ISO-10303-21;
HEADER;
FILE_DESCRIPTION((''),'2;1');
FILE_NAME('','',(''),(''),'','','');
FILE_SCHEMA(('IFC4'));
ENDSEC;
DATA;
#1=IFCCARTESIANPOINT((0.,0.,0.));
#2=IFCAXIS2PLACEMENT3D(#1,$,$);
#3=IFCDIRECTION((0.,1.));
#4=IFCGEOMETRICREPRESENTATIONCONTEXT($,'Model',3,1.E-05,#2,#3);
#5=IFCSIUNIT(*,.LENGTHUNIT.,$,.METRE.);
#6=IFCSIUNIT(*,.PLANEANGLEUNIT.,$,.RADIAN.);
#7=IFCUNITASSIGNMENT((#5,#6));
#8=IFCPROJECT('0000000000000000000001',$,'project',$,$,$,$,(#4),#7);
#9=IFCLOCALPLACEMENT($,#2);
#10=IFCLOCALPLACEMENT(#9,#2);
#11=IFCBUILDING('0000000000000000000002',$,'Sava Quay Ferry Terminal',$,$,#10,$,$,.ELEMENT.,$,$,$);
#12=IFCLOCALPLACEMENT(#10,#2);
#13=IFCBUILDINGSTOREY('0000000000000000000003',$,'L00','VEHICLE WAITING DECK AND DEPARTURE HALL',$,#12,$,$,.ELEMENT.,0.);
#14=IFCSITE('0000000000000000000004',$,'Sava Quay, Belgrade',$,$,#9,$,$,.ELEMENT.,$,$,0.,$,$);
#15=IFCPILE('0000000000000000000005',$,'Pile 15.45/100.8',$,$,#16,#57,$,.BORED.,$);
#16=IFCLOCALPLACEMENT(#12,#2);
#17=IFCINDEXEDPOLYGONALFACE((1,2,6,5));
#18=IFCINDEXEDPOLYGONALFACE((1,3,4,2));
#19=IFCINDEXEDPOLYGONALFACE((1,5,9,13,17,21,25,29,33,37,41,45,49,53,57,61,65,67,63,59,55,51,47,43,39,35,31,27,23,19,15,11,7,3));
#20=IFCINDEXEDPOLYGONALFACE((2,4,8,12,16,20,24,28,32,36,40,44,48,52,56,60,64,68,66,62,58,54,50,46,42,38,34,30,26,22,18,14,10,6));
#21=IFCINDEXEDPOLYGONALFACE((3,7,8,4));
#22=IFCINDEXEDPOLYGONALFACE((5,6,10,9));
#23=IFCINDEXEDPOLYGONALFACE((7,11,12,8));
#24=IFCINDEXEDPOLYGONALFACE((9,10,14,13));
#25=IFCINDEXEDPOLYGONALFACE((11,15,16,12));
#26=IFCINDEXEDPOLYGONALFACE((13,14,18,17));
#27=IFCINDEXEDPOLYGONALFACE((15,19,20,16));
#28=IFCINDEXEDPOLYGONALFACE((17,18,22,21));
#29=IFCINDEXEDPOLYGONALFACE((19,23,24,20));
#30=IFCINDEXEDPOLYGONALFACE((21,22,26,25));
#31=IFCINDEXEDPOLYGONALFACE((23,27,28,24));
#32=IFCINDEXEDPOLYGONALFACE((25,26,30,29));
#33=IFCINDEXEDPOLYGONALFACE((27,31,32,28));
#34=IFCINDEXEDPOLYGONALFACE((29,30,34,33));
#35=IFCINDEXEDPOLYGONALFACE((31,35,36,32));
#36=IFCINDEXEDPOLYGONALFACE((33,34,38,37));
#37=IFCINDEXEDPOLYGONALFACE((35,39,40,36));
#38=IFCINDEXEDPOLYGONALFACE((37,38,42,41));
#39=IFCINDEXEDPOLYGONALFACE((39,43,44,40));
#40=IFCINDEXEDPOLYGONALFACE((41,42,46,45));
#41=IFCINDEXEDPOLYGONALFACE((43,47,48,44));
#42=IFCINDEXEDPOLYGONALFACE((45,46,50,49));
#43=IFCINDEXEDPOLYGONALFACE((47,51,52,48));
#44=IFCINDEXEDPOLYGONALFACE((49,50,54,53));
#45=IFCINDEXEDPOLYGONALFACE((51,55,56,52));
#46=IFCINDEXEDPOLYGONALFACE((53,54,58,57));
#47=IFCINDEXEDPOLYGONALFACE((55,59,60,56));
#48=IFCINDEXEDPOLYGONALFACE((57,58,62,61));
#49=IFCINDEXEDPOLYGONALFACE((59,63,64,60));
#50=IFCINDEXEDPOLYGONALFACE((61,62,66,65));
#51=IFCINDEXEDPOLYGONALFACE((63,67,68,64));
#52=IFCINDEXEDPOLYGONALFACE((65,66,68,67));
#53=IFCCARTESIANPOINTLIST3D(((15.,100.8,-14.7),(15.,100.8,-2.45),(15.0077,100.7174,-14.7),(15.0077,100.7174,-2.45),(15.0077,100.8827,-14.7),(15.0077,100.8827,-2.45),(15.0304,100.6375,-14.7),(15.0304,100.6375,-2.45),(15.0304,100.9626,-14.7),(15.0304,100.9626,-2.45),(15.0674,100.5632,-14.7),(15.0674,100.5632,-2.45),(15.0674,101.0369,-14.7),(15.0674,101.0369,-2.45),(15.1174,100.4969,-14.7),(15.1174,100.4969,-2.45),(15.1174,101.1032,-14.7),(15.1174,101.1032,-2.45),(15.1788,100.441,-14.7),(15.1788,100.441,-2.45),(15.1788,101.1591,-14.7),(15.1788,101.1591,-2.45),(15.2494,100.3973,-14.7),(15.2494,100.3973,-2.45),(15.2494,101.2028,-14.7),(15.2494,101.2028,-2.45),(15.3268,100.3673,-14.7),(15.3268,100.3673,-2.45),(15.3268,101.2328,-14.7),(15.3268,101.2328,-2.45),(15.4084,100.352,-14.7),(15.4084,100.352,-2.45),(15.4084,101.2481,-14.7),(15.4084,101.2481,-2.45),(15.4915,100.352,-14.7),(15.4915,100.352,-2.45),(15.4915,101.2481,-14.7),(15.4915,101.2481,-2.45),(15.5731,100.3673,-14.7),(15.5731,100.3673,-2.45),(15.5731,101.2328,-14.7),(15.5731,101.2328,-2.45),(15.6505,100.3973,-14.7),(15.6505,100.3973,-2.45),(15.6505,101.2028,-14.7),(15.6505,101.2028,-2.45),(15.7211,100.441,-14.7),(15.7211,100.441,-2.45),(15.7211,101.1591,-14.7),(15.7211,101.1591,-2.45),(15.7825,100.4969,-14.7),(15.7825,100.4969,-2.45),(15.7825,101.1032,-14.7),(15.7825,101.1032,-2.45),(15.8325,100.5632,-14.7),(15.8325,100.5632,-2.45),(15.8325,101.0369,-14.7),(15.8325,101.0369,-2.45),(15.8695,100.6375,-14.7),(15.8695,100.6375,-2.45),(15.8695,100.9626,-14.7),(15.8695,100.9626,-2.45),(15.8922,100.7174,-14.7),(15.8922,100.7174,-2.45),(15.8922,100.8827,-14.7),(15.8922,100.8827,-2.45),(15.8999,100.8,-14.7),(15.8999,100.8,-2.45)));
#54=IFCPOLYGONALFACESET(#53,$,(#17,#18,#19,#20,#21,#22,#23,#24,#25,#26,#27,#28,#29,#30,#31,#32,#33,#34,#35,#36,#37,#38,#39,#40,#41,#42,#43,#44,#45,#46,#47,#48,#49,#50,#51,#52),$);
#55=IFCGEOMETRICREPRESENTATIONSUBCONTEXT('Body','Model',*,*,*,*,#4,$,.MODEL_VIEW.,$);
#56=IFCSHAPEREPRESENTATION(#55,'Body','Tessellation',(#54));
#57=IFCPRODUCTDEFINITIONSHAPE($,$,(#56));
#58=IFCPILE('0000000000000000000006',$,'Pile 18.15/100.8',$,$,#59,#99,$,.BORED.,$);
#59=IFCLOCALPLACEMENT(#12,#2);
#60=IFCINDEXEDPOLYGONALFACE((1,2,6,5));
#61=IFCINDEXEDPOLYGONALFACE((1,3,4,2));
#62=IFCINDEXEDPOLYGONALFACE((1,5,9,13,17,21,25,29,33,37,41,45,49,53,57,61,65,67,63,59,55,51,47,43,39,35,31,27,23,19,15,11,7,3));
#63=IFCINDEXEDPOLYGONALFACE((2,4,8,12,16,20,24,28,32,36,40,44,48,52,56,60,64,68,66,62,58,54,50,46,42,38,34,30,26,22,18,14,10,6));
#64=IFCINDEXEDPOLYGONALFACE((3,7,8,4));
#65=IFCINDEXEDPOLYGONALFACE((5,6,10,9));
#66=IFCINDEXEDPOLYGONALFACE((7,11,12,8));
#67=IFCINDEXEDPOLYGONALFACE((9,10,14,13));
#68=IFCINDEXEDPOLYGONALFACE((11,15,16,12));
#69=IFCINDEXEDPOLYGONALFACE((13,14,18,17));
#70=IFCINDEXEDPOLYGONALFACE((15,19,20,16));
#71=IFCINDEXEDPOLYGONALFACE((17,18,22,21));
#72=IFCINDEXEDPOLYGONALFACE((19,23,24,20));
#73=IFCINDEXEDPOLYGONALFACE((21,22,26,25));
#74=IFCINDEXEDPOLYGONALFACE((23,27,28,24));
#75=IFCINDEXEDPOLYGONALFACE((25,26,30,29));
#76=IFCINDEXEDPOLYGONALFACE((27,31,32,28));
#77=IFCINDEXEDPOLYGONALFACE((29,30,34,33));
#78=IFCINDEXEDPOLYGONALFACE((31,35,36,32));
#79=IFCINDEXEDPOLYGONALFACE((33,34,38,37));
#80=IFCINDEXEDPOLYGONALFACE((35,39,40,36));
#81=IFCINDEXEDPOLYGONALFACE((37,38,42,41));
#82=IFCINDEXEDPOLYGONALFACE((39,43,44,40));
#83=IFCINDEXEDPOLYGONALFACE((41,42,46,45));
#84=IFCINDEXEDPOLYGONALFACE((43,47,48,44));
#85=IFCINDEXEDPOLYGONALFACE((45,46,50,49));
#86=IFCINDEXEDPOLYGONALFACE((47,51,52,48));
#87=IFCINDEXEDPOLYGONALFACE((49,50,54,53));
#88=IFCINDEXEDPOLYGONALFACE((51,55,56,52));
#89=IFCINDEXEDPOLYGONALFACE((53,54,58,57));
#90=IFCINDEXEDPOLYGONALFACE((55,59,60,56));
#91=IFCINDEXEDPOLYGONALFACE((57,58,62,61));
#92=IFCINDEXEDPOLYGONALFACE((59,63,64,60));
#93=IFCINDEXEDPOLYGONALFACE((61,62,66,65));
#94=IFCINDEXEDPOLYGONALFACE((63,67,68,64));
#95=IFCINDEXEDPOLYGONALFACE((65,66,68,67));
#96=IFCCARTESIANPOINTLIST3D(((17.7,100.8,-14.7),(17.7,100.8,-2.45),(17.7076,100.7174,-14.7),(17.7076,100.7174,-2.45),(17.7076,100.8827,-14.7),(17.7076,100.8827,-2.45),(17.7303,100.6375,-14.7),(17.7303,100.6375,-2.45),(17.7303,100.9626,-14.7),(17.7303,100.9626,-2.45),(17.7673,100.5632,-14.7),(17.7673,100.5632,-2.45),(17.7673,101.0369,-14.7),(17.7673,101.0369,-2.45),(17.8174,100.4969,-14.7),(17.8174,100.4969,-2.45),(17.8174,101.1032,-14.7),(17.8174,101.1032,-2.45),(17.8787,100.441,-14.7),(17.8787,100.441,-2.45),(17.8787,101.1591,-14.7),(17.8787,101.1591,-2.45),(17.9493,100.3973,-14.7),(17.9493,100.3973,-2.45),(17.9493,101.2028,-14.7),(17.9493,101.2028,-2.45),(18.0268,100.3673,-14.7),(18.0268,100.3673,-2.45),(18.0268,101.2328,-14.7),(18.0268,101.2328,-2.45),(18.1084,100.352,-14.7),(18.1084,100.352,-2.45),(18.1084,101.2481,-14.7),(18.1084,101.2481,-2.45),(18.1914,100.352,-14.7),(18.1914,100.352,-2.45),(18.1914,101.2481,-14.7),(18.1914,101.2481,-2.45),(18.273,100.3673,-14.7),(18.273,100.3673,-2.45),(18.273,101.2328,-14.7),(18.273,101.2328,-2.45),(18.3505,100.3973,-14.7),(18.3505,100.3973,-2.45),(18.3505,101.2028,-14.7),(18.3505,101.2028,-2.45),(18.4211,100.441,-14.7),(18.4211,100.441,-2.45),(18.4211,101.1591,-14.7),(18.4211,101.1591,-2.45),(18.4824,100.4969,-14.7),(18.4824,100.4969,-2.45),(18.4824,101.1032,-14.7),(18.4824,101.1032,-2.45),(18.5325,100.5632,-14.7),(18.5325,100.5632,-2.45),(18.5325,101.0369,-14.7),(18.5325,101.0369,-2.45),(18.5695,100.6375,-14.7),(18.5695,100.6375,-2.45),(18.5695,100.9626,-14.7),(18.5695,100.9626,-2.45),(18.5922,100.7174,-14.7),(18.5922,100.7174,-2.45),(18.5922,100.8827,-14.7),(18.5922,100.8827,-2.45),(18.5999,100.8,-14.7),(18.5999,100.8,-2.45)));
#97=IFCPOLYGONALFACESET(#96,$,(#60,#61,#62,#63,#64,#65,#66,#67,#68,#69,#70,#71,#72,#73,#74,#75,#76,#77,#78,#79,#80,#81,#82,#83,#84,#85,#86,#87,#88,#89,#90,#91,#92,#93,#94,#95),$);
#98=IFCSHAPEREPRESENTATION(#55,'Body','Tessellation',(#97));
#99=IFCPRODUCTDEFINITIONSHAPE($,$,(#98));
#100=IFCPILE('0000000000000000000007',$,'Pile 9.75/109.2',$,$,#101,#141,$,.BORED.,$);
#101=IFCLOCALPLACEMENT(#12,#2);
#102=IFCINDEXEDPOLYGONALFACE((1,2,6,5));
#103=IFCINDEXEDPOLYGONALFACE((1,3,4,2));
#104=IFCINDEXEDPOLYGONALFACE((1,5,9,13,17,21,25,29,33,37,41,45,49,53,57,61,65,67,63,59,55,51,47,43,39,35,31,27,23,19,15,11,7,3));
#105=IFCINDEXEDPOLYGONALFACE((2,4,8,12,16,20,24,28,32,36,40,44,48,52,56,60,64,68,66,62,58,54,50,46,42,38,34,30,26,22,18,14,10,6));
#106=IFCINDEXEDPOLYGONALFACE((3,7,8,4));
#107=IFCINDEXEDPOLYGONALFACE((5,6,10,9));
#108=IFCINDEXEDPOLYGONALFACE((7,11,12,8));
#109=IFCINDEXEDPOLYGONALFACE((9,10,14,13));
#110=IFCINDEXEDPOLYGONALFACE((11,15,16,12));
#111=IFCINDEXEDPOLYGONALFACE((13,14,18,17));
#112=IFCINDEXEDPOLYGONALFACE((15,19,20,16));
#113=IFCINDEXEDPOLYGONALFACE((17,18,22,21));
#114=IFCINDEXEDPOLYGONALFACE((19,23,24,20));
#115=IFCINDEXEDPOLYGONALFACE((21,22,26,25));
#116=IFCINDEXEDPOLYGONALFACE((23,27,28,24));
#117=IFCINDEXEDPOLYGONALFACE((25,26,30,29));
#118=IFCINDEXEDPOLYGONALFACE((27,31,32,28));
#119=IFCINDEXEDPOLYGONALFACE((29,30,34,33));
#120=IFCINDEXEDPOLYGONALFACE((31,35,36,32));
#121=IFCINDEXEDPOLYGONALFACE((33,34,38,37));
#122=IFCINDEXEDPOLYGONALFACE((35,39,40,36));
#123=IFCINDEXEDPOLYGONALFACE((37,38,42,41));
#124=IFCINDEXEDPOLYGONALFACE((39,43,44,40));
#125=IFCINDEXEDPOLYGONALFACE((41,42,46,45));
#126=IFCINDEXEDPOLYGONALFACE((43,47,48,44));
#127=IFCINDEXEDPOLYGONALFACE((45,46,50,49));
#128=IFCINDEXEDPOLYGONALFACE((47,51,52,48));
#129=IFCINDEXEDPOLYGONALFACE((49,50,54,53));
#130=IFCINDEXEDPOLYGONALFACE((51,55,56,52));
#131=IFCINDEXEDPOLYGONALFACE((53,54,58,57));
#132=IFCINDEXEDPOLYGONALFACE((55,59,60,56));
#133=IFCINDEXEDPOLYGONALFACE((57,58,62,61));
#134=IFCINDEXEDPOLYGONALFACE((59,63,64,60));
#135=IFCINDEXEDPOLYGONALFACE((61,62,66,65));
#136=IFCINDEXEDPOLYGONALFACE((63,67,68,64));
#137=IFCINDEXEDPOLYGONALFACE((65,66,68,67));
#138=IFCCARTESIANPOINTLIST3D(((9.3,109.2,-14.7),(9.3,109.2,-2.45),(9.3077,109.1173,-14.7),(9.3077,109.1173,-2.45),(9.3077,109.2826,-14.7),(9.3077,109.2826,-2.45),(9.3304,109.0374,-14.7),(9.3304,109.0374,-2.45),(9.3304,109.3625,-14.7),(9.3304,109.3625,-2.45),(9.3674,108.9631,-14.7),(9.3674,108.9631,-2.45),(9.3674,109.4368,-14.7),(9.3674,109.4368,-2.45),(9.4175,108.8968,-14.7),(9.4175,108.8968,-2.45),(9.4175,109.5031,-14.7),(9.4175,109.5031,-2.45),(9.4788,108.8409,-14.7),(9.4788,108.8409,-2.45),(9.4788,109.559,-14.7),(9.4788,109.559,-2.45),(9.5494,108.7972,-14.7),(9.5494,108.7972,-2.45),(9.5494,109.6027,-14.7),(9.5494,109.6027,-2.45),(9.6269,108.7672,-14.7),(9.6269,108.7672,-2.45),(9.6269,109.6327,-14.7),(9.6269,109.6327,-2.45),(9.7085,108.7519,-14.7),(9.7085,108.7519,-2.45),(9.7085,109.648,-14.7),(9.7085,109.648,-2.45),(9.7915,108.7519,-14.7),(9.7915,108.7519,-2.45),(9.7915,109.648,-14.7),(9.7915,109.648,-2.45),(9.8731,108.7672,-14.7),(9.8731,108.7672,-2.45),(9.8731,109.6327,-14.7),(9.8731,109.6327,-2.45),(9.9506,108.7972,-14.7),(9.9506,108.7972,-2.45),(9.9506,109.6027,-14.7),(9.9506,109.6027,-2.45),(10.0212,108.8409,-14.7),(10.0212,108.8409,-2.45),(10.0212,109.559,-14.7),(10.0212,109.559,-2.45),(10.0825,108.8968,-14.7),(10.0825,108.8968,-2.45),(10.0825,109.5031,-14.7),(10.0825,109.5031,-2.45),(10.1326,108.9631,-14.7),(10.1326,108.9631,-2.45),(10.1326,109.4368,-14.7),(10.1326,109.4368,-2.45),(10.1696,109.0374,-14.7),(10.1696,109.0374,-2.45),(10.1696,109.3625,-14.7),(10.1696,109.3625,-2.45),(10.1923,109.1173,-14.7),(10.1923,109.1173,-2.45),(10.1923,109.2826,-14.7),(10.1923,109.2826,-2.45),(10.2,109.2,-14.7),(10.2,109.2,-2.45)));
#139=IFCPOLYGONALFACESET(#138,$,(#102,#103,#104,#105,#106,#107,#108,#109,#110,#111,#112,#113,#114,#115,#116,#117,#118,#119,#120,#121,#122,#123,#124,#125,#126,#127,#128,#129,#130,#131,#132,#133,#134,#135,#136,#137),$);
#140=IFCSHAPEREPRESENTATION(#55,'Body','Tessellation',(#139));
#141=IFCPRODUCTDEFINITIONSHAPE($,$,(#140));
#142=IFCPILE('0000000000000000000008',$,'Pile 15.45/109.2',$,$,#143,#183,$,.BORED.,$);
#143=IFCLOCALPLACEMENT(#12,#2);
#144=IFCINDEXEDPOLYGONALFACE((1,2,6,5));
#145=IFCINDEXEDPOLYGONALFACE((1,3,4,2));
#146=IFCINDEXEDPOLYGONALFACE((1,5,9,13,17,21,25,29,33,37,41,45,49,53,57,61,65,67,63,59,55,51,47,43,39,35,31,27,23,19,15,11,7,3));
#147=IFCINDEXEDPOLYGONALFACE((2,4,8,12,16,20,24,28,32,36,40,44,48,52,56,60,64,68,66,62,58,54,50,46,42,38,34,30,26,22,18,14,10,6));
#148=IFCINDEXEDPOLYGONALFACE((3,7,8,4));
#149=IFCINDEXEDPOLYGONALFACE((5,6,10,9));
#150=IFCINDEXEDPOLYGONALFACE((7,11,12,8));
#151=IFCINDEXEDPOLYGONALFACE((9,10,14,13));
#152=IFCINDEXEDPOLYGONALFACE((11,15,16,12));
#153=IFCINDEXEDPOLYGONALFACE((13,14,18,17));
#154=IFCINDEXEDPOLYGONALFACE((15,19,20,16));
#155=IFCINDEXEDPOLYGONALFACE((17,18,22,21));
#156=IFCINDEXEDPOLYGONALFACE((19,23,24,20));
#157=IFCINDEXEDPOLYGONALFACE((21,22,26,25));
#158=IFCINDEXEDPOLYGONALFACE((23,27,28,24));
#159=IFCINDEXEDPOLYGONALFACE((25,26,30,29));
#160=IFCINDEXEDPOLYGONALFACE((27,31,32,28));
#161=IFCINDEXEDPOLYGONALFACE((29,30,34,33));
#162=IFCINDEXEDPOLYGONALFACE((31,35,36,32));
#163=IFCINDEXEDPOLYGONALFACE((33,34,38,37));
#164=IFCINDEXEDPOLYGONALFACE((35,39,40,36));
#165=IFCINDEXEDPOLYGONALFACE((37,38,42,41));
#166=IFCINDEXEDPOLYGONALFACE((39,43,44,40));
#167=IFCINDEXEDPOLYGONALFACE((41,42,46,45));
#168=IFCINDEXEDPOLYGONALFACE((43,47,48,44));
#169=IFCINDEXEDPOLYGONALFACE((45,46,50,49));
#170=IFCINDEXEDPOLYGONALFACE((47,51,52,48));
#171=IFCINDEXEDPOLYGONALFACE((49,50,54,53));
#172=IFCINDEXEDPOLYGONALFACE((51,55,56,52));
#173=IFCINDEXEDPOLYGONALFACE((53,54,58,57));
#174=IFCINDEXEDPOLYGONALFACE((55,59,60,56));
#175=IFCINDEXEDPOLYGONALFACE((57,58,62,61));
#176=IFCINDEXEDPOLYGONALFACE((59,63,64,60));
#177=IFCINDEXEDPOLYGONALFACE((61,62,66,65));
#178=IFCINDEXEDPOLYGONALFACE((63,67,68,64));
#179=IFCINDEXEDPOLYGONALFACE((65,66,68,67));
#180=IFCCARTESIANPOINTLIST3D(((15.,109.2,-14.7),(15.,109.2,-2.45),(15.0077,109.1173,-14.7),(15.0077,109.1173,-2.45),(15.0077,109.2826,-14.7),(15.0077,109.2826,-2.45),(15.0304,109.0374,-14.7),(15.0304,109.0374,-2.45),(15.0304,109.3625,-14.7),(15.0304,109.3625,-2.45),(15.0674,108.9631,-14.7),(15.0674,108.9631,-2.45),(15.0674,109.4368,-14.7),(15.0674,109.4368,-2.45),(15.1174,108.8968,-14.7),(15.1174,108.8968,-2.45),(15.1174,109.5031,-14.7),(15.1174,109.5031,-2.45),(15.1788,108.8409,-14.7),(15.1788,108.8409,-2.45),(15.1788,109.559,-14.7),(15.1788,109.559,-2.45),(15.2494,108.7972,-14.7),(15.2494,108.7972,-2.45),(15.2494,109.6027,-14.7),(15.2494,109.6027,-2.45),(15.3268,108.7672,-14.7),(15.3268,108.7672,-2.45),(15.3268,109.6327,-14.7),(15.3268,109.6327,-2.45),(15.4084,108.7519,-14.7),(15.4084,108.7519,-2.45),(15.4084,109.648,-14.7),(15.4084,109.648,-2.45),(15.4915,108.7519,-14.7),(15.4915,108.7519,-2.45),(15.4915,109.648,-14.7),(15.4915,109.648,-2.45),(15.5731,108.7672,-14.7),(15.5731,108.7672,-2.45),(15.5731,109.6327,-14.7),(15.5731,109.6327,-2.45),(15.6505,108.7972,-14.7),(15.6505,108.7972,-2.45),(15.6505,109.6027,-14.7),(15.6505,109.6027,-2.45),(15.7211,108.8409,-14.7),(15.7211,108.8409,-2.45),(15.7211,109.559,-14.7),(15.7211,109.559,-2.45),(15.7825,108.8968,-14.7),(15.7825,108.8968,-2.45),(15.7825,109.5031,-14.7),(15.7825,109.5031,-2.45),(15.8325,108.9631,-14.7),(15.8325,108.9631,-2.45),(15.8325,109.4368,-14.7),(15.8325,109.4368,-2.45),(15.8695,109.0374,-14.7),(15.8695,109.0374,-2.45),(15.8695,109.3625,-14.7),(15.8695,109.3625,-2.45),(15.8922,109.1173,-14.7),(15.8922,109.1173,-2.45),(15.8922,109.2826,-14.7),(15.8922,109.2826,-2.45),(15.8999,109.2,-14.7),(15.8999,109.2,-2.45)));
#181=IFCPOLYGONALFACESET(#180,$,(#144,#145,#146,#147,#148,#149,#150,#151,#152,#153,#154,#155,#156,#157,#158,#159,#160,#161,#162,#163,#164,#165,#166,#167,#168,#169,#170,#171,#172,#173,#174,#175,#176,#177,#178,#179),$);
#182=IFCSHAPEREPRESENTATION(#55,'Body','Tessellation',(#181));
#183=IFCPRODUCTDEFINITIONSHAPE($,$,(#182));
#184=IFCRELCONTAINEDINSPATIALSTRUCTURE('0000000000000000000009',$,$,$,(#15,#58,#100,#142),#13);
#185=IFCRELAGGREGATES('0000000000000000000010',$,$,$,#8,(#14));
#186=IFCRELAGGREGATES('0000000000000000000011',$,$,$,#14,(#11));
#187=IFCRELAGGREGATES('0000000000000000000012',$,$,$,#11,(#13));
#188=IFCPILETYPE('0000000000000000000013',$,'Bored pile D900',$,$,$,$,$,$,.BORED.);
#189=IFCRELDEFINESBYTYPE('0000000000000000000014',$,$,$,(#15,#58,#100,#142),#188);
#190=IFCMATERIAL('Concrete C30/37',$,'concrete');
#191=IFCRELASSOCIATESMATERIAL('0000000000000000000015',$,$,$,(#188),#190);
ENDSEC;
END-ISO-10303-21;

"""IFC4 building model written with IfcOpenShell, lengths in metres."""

from ifc_helpers import new_model, si_unit, direction, frame, origin, origin_2d, place, context, subcontext, project, spatial, circle, extrude, material, material_profile, profile_set, type_object, element, save


model = new_model("IFC4")

# Units and contexts
model_context = context("Model", 3, precision=1e-05, world=origin(), true_north=direction((0.0, 1.0)))
body_context = subcontext(model_context, "Body", "Model", "MODEL_VIEW")
ifc_project = project(units=[si_unit("LENGTHUNIT", "METRE"), si_unit("PLANEANGLEUNIT", "RADIAN")], contexts=[model_context])

# Site, building, storey
site_placement = place(None, origin())
site = spatial("IfcSite", under=ifc_project, at=site_placement, Name="Sava Quay, Belgrade", CompositionType="ELEMENT", RefElevation=0.0)
building_placement = place(site_placement, origin())
building = spatial("IfcBuilding", under=site, at=building_placement, Name="Sava Quay Ferry Terminal", CompositionType="ELEMENT")
storey_placement = place(building_placement, origin())
storey = spatial("IfcBuildingStorey", under=building, at=storey_placement, Name="L00", Description="VEHICLE WAITING DECK AND DEPARTURE HALL", CompositionType="ELEMENT", Elevation=0.0)

# Piles
ifc_material_1 = material(Name="Concrete C30/37", Category="concrete")
ifc_material_profile_1 = material_profile(ifc_material_1, circle(Radius=0.45, at=origin_2d()), Name="Bored pile D900")
ifc_profile_set_1 = profile_set([ifc_material_profile_1], Name="Concrete C30/37")
pile_type = type_object("IfcPileType", Name="Bored pile D900", PredefinedType="BORED", material=ifc_profile_set_1)
for number, where, z_axis, x_axis, name in (
    (1, (15.45, 100.8, -2.45), (0.0, 0.0, -1.0), (1.0, 0.0, 0.0), "Pile 15.45/100.8"),
    (2, (18.1499, 100.8, -2.45), (0.0, 0.0, -1.0), (1.0, 0.0, 0.0), "Pile 18.15/100.8"),
    (3, (9.75, 109.2, -2.45), (0.0, 0.0, -1.0), (1.0, 0.0, 0.0), "Pile 9.75/109.2"),
    (4, (15.45, 109.2, -2.45), (0.0, 0.0, -1.0), (1.0, 0.0, 0.0), "Pile 15.45/109.2"),
):
    element("IfcPile", number, at=place(storey_placement, frame(where, z_axis=z_axis, x_axis=x_axis)), inside=storey, type_object=pile_type, Name=name, PredefinedType="BORED", context=body_context, shape_type="SweptSolid", body=[
        extrude(circle(Radius=0.45, at=origin_2d()), origin(), (0.0, 0.0, 1.0), 12.25),
    ])

save(model, "model.ifc")
